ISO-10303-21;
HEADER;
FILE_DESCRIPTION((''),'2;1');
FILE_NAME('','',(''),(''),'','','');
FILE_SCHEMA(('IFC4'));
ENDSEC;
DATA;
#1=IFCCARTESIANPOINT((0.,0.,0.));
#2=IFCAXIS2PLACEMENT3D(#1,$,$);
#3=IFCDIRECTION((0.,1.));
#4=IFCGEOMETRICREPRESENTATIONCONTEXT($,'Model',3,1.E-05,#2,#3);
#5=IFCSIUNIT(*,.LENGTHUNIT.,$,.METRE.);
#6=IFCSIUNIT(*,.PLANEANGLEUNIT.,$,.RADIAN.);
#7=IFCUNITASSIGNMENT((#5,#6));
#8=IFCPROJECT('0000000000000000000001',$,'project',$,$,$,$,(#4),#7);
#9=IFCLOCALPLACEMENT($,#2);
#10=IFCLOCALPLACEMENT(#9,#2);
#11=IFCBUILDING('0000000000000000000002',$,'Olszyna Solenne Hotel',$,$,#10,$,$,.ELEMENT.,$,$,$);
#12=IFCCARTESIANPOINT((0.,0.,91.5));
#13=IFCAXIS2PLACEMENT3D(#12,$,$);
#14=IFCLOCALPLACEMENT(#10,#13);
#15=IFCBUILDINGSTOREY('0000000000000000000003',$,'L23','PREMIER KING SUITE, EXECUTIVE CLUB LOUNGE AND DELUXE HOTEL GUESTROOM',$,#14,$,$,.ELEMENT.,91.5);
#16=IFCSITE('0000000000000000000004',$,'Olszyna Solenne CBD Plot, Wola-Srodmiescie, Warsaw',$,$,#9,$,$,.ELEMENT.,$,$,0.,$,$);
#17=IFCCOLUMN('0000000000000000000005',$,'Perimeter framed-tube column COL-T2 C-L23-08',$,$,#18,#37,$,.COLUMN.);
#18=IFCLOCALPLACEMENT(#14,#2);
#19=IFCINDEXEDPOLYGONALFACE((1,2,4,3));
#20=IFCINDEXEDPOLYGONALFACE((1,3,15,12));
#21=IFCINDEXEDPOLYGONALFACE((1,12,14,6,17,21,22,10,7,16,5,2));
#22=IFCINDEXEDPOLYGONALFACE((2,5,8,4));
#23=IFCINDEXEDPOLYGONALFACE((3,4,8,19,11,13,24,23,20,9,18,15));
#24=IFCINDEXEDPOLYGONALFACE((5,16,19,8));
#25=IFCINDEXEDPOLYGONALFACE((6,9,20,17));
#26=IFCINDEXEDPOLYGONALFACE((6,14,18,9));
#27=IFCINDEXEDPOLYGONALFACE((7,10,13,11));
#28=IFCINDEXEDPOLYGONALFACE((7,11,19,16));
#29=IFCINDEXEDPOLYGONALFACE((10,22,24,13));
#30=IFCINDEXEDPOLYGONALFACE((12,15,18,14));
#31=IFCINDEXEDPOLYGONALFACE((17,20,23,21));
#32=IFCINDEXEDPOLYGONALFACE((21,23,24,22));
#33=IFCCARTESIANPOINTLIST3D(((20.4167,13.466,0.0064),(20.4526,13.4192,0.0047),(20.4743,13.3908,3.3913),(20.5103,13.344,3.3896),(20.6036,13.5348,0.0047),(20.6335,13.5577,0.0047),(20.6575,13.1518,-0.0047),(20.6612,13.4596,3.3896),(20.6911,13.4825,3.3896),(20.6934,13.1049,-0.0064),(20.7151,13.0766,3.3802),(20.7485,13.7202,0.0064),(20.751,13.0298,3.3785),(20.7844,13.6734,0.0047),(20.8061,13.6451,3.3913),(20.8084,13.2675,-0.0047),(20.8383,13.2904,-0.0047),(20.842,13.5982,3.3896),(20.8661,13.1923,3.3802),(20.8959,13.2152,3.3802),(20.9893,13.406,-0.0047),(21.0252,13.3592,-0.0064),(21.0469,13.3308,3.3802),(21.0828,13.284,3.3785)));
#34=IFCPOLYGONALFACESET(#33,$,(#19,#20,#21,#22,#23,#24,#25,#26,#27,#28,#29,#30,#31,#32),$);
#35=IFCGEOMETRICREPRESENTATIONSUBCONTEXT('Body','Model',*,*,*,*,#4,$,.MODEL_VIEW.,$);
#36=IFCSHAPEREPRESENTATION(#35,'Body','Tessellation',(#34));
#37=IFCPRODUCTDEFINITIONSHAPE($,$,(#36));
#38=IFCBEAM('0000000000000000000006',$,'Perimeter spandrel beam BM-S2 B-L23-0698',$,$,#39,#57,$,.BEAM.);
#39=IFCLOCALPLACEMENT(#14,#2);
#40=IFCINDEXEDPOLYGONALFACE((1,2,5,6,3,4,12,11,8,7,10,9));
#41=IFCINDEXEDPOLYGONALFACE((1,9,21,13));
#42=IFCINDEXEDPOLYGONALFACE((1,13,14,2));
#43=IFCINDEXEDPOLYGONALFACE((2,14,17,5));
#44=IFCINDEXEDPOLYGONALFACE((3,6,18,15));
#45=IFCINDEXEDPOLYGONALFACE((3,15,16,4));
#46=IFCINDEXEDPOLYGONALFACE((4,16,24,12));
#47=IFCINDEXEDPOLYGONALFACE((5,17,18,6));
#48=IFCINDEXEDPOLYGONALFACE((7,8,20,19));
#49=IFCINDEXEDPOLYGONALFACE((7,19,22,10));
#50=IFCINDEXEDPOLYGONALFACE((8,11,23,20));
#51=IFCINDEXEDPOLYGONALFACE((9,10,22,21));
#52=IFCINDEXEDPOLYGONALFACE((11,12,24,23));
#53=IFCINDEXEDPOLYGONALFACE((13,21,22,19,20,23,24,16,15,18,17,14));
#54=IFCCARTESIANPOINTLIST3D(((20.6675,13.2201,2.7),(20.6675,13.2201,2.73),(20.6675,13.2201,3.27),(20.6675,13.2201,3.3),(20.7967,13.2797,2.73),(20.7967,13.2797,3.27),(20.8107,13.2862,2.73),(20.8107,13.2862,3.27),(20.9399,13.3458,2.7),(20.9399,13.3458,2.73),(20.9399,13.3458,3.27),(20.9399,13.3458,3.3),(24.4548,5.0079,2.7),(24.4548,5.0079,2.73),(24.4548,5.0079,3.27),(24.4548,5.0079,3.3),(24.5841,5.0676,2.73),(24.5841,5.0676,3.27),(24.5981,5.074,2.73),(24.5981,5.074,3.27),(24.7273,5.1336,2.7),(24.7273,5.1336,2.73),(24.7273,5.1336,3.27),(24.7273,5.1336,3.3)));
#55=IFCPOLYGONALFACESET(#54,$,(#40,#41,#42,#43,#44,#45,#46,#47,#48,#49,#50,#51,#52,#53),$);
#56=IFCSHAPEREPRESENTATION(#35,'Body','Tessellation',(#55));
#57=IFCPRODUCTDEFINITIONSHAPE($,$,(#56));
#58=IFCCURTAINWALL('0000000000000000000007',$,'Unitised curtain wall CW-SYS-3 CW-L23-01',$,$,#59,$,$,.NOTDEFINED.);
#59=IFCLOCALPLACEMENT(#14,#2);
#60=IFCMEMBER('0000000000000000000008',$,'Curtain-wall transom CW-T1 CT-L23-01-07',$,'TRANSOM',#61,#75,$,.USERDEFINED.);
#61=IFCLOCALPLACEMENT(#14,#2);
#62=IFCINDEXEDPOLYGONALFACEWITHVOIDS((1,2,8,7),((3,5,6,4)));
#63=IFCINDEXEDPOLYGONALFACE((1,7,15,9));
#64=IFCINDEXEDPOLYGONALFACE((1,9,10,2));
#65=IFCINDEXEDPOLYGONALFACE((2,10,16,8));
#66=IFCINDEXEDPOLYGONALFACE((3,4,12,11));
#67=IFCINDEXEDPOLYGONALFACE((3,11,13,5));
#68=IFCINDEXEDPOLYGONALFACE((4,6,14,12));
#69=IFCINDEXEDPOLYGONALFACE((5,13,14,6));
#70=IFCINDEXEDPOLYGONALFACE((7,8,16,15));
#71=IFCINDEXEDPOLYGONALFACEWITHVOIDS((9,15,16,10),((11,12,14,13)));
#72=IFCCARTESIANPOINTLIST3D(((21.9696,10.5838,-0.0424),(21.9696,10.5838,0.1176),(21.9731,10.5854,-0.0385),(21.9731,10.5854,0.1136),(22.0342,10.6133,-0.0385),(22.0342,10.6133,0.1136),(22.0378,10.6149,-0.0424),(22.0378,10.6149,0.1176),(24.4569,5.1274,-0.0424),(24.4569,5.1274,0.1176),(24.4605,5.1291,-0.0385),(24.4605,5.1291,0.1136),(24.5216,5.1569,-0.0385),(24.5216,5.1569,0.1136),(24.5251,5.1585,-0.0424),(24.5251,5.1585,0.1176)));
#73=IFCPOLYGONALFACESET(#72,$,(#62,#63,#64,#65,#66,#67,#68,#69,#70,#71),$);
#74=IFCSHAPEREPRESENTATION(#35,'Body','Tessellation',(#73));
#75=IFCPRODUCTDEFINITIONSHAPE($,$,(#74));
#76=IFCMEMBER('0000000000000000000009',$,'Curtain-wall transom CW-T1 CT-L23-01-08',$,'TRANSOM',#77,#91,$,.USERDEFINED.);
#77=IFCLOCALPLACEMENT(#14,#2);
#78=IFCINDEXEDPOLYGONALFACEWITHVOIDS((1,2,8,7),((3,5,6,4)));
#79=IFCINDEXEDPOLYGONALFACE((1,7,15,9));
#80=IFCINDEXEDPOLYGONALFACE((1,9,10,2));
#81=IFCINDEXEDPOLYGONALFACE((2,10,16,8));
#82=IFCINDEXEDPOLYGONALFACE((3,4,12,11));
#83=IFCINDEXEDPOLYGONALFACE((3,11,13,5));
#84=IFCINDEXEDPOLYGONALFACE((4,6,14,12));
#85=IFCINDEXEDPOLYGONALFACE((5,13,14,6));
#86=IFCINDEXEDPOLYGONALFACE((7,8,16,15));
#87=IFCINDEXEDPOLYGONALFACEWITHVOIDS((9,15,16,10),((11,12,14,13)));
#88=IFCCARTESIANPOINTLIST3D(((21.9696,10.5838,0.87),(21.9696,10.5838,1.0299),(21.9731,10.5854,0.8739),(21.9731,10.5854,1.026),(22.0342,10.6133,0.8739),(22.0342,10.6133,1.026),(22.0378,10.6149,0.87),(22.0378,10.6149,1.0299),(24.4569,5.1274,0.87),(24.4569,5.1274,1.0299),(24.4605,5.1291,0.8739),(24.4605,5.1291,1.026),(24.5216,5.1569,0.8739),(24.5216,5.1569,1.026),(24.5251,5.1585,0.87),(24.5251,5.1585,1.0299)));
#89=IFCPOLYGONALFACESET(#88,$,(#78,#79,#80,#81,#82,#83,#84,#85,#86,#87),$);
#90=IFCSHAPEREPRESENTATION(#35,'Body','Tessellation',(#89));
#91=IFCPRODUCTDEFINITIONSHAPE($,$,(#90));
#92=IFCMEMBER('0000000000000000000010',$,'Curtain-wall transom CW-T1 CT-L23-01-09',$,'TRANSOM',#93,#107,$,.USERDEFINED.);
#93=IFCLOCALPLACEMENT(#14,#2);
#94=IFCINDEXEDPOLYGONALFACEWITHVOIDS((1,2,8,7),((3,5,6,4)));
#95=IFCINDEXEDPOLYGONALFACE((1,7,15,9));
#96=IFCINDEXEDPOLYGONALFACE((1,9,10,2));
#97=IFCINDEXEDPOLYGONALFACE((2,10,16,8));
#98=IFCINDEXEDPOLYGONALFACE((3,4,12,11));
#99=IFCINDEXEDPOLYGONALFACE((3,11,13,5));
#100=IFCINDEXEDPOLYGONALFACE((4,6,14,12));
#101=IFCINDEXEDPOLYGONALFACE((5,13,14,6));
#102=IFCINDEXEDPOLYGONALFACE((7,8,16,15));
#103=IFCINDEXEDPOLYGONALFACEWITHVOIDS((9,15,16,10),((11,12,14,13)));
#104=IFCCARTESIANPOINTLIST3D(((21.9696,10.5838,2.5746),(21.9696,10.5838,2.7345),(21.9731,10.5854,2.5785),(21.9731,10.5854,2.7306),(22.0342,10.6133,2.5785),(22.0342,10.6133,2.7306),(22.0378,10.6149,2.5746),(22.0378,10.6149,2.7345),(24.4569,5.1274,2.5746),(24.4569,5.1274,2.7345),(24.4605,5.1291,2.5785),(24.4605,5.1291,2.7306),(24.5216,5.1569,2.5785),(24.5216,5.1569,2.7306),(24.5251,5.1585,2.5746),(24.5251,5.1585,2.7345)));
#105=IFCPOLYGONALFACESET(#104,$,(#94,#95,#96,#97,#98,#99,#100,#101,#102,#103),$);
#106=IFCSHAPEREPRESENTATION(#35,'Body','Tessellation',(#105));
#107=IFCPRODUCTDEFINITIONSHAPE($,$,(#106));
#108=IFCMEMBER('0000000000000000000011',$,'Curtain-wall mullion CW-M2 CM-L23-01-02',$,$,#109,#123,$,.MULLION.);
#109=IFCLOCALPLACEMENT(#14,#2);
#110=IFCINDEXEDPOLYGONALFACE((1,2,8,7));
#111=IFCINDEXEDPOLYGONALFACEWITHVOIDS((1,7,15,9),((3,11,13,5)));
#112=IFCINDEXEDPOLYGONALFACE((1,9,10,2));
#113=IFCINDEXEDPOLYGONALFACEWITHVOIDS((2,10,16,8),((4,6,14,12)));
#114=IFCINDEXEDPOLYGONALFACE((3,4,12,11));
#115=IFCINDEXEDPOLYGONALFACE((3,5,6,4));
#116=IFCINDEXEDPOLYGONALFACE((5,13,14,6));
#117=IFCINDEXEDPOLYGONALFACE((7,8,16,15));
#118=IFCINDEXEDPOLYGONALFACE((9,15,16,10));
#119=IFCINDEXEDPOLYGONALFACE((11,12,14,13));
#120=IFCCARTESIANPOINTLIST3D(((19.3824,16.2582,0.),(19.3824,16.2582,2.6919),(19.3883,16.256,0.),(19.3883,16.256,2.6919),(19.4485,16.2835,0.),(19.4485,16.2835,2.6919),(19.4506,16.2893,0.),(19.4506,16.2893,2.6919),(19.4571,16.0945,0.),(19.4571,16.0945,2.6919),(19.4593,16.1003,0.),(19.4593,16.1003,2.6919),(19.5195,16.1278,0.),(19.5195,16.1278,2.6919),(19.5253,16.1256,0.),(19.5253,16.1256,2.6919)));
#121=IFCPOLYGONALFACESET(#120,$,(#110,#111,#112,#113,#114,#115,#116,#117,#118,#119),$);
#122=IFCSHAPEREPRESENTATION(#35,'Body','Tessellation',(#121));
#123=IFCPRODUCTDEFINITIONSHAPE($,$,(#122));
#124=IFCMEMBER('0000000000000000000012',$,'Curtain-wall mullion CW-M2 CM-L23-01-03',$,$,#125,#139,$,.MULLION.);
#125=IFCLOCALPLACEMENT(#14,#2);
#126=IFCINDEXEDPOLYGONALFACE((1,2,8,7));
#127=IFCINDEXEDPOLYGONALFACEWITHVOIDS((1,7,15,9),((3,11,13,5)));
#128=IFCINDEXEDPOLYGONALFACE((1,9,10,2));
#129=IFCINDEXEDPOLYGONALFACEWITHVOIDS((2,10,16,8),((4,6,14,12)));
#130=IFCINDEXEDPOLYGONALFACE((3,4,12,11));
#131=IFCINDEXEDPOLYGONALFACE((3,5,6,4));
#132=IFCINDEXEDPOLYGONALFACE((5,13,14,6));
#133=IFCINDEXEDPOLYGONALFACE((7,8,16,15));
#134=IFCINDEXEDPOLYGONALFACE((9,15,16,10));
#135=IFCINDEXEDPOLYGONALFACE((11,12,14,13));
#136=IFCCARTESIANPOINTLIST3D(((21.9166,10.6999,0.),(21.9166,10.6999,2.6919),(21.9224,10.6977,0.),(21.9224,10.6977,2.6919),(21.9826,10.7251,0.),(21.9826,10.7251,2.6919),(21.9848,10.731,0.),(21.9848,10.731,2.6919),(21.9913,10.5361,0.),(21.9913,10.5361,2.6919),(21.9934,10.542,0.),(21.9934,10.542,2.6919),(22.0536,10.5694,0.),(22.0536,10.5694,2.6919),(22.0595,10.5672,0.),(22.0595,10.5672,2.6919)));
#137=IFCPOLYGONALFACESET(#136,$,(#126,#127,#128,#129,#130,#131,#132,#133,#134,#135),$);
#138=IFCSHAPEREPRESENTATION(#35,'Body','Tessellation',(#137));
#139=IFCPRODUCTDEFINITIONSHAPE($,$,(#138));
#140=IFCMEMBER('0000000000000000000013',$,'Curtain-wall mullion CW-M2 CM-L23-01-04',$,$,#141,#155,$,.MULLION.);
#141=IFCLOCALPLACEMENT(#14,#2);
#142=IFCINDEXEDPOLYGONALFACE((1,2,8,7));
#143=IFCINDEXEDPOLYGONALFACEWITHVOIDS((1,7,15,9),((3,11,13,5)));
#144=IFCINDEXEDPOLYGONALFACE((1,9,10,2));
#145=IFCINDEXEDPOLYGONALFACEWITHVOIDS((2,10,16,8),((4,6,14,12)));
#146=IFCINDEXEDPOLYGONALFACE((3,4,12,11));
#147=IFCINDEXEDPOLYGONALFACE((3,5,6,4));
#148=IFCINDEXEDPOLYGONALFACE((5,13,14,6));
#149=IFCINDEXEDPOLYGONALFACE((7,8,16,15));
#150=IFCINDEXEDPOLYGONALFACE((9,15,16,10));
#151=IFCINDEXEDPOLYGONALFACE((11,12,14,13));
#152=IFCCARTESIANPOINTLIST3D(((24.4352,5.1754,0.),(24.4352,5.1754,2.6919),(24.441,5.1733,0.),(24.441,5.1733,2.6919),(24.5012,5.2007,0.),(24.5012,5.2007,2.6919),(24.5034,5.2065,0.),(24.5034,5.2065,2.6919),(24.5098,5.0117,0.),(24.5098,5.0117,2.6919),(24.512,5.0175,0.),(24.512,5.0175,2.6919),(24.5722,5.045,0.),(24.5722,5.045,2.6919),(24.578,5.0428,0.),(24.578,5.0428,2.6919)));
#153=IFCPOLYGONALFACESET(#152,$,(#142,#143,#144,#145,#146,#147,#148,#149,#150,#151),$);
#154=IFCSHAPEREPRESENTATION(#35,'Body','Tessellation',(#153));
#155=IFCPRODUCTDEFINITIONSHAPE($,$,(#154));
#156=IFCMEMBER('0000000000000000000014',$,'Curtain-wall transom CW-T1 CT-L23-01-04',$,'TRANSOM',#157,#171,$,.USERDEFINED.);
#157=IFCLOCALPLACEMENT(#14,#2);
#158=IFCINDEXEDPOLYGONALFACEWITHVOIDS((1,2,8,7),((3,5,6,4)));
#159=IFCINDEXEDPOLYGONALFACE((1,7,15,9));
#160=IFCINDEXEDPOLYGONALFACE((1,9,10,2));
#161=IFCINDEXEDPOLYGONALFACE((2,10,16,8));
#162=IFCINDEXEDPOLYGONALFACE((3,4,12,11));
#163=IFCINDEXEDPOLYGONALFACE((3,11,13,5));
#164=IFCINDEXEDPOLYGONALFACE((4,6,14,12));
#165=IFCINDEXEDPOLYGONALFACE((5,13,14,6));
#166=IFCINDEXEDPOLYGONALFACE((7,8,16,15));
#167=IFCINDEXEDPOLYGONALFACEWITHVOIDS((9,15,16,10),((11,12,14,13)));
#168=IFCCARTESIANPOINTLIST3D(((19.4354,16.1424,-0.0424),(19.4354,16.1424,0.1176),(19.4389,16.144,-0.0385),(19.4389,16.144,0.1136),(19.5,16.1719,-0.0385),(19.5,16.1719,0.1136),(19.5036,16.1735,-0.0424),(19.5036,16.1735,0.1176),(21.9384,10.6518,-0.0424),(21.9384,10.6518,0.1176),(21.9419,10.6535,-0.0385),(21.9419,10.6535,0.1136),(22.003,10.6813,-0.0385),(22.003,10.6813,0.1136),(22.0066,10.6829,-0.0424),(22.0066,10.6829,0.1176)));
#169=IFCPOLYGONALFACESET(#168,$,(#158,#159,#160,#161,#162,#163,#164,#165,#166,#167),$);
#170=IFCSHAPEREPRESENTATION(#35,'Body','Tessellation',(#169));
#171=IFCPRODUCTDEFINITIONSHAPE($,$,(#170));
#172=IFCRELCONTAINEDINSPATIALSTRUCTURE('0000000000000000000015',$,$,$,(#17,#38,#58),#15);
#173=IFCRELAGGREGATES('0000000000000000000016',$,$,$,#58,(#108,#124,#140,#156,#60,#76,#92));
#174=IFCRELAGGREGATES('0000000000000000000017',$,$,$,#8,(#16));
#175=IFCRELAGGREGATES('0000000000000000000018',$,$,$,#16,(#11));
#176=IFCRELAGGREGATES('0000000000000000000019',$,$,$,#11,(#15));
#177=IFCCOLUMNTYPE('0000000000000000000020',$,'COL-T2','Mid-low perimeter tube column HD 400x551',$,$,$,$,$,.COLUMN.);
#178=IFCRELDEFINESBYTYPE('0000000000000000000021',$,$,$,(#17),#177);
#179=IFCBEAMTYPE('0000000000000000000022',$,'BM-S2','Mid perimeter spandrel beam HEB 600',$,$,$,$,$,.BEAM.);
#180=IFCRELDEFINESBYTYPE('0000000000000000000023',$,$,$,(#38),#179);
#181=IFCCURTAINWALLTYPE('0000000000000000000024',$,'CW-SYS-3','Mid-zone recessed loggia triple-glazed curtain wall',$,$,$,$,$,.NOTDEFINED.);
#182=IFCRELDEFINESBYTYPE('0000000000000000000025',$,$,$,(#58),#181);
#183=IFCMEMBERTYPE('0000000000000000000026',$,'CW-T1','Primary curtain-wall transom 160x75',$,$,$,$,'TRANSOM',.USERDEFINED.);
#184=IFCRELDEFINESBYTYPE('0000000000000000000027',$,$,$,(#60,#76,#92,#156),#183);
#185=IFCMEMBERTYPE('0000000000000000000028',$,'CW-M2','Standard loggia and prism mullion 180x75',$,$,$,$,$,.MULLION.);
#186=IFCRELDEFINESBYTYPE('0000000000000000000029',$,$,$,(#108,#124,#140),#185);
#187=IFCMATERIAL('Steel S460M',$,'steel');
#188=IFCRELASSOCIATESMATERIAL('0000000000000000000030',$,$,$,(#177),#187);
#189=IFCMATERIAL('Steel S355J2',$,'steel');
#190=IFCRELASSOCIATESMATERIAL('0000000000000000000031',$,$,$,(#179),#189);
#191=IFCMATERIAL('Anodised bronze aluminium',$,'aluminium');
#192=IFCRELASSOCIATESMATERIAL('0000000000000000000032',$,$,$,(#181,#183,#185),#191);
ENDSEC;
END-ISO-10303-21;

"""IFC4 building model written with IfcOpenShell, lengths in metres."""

from ifc_helpers import new_model, si_unit, direction, frame, origin, origin_2d, place, context, subcontext, project, spatial, hollow_rectangle, i_section, extrude, source, transform, mapped, material, material_profile, profile_set, type_object, element, aggregate, save


model = new_model("IFC4")

# Units and contexts
model_context = context("Model", 3, precision=1e-05, world=origin(), true_north=direction((0.0, 1.0)))
body_context = subcontext(model_context, "Body", "Model", "MODEL_VIEW")
ifc_project = project(units=[si_unit("LENGTHUNIT", "METRE"), si_unit("PLANEANGLEUNIT", "RADIAN")], contexts=[model_context])

# Site, building, storey
site_placement = place(None, origin())
site = spatial("IfcSite", under=ifc_project, at=site_placement, Name="Olszyna Solenne CBD Plot, Wola-Srodmiescie, Warsaw", CompositionType="ELEMENT", RefElevation=0.0)
building_placement = place(site_placement, origin())
building = spatial("IfcBuilding", under=site, at=building_placement, Name="Olszyna Solenne Hotel", CompositionType="ELEMENT")
storey_placement = place(building_placement, frame((0.0, 0.0, 91.5)))
storey = spatial("IfcBuildingStorey", under=building, at=storey_placement, Name="L23", Description="PREMIER KING SUITE, EXECUTIVE CLUB LOUNGE AND DELUXE HOTEL GUESTROOM", CompositionType="ELEMENT", Elevation=91.5)

# Column
ifc_material_1 = material(Name="Steel S460M", Category="steel")
ifc_material_profile_1 = material_profile(ifc_material_1, i_section(OverallWidth=0.418, OverallDepth=0.4551, WebThickness=0.0376, FlangeThickness=0.0591, at=origin_2d()), Name="HD 400x551", Category="load-bearing")
ifc_profile_set_1 = profile_set([ifc_material_profile_1], Name="Steel S460M")
column_type = type_object("IfcColumnType", Name="COL-T2", Description="Mid-low perimeter tube column HD 400x551", PredefinedType="COLUMN", material=ifc_profile_set_1)
shared_shape_1 = source(origin(), body_context, "Body", "SweptSolid", [
    extrude(i_section(OverallWidth=0.418, OverallDepth=0.4551, WebThickness=0.0376, FlangeThickness=0.0591, at=origin_2d()), origin(), (0.0, 0.0, 1.0), 3.3862),
])
column_placement = place(storey_placement, frame((20.7209, 13.4126, 0.0), z_axis=(0.017015, -0.022206, 0.999609), x_axis=(0.793772, 0.608215, 0.0)))
element("IfcColumn", 1, at=column_placement, inside=storey, type_object=column_type, Name="Perimeter framed-tube column COL-T2 C-L23-08", PredefinedType="COLUMN", context=body_context, shape_type="MappedRepresentation", body=[
    mapped(shared_shape_1, transform((0.0, 0.0, 0.0), x_axis=(1.0, 0.0, 0.0), y_axis=(0.0, 1.0, 0.0), z_axis=(0.0, 0.0, 1.0), scale=1.0)),
])

# Beam
ifc_material_2 = material(Name="Steel S355J2", Category="steel")
ifc_material_profile_2 = material_profile(ifc_material_2, i_section(OverallWidth=0.3, OverallDepth=0.6001, WebThickness=0.0154, FlangeThickness=0.03, at=origin_2d()), Name="HEB 600", Category="load-bearing")
ifc_profile_set_2 = profile_set([ifc_material_profile_2], Name="Steel S355J2")
beam_type = type_object("IfcBeamType", Name="BM-S2", Description="Mid perimeter spandrel beam HEB 600", PredefinedType="BEAM", material=ifc_profile_set_2)
shared_shape_2 = source(origin(), body_context, "Body", "SweptSolid", [
    extrude(i_section(OverallWidth=0.3, OverallDepth=0.6001, WebThickness=0.0154, FlangeThickness=0.03, at=origin_2d()), origin(), (0.0, 0.0, 1.0), 9.0435),
])
beam_placement = place(storey_placement, frame((20.8037, 13.283, 3.0), z_axis=(0.418796, -0.90808, 0.0), x_axis=(0.90808, 0.418796, 0.0)))
element("IfcBeam", 2, at=beam_placement, inside=storey, type_object=beam_type, Name="Perimeter spandrel beam BM-S2 B-L23-0698", PredefinedType="BEAM", context=body_context, shape_type="MappedRepresentation", body=[
    mapped(shared_shape_2, transform((0.0, 0.0, 0.0), x_axis=(1.0, 0.0, 0.0), y_axis=(0.0, 1.0, 0.0), z_axis=(0.0, 0.0, 1.0), scale=1.0)),
])

# Curtain wall, members
ifc_material_3 = material(Name="Anodised bronze aluminium", Category="aluminium")
curtain_wall_type = type_object("IfcCurtainWallType", Name="CW-SYS-3", Description="Mid-zone recessed loggia triple-glazed curtain wall", PredefinedType="NOTDEFINED", material=ifc_material_3)
curtain_wall_placement = place(storey_placement, origin())
curtain_wall = element("IfcCurtainWall", 3, at=curtain_wall_placement, inside=storey, type_object=curtain_wall_type, Name="Unitised curtain wall CW-SYS-3 CW-L23-01", PredefinedType="NOTDEFINED")
ifc_material_profile_3 = material_profile(ifc_material_3, hollow_rectangle(XDim=0.075, YDim=0.1599, WallThickness=0.0039, at=origin_2d()), Name="TRAN 160x75x4", Category="load-bearing")
ifc_profile_set_3 = profile_set([ifc_material_profile_3], Name="Anodised bronze aluminium")
member_type_1 = type_object("IfcMemberType", Name="CW-T1", Description="Primary curtain-wall transom 160x75", ElementType="TRANSOM", PredefinedType="USERDEFINED", material=ifc_profile_set_3)
shared_shape_3 = source(origin(), body_context, "Body", "SweptSolid", [
    extrude(hollow_rectangle(XDim=0.075, YDim=0.1599, WallThickness=0.0039, at=origin_2d()), origin(), (0.0, 0.0, 1.0), 5.9966),
])
member_1_placement = place(storey_placement, frame((22.0037, 10.5994, 0.0376), z_axis=(0.414793, -0.909916, 0.0), x_axis=(0.909916, 0.414793, 0.0)))
member_1 = element("IfcMember", 4, at=member_1_placement, type_object=member_type_1, Name="Curtain-wall transom CW-T1 CT-L23-01-07", ObjectType="TRANSOM", PredefinedType="USERDEFINED", context=body_context, shape_type="MappedRepresentation", body=[
    mapped(shared_shape_3, transform((0.0, 0.0, 0.0), x_axis=(1.0, 0.0, 0.0), y_axis=(0.0, 1.0, 0.0), z_axis=(0.0, 0.0, 1.0), scale=1.0)),
])
member_2_placement = place(storey_placement, frame((22.0037, 10.5994, 0.95), z_axis=(0.414793, -0.909916, 0.0), x_axis=(0.909916, 0.414793, 0.0)))
member_2 = element("IfcMember", 5, at=member_2_placement, type_object=member_type_1, Name="Curtain-wall transom CW-T1 CT-L23-01-08", ObjectType="TRANSOM", PredefinedType="USERDEFINED", context=body_context, shape_type="MappedRepresentation", body=[
    mapped(shared_shape_3, transform((0.0, 0.0, 0.0), x_axis=(1.0, 0.0, 0.0), y_axis=(0.0, 1.0, 0.0), z_axis=(0.0, 0.0, 1.0), scale=1.0)),
])
member_3_placement = place(storey_placement, frame((22.0037, 10.5994, 2.6545), z_axis=(0.414793, -0.909916, 0.0), x_axis=(0.909916, 0.414793, 0.0)))
member_3 = element("IfcMember", 6, at=member_3_placement, type_object=member_type_1, Name="Curtain-wall transom CW-T1 CT-L23-01-09", ObjectType="TRANSOM", PredefinedType="USERDEFINED", context=body_context, shape_type="MappedRepresentation", body=[
    mapped(shared_shape_3, transform((0.0, 0.0, 0.0), x_axis=(1.0, 0.0, 0.0), y_axis=(0.0, 1.0, 0.0), z_axis=(0.0, 0.0, 1.0), scale=1.0)),
])
ifc_material_profile_4 = material_profile(ifc_material_3, hollow_rectangle(XDim=0.075, YDim=0.1799, WallThickness=0.0044, at=origin_2d()), Name="MULL 180x75x4.5", Category="load-bearing")
ifc_profile_set_4 = profile_set([ifc_material_profile_4], Name="Anodised bronze aluminium")
member_type_2 = type_object("IfcMemberType", Name="CW-M2", Description="Standard loggia and prism mullion 180x75", PredefinedType="MULLION", material=ifc_profile_set_4)
shared_shape_4 = source(origin(), body_context, "Body", "SweptSolid", [
    extrude(hollow_rectangle(XDim=0.075, YDim=0.1799, WallThickness=0.0044, at=origin_2d()), origin(), (0.0, 0.0, 1.0), 2.6919),
])
member_4_placement = place(storey_placement, frame((19.4539, 16.1919, 0.0), z_axis=(0.0, 0.0, 1.0), x_axis=(0.909904, 0.414819, 0.0)))
member_4 = element("IfcMember", 7, at=member_4_placement, type_object=member_type_2, Name="Curtain-wall mullion CW-M2 CM-L23-01-02", PredefinedType="MULLION", context=body_context, shape_type="MappedRepresentation", body=[
    mapped(shared_shape_4, transform((0.0, 0.0, 0.0), x_axis=(1.0, 0.0, 0.0), y_axis=(0.0, 1.0, 0.0), z_axis=(0.0, 0.0, 1.0), scale=1.0)),
])
member_5_placement = place(storey_placement, frame((21.988, 10.6335, 0.0), z_axis=(0.0, 0.0, 1.0), x_axis=(0.909904, 0.414819, 0.0)))
member_5 = element("IfcMember", 8, at=member_5_placement, type_object=member_type_2, Name="Curtain-wall mullion CW-M2 CM-L23-01-03", PredefinedType="MULLION", context=body_context, shape_type="MappedRepresentation", body=[
    mapped(shared_shape_4, transform((0.0, 0.0, 0.0), x_axis=(1.0, 0.0, 0.0), y_axis=(0.0, 1.0, 0.0), z_axis=(0.0, 0.0, 1.0), scale=1.0)),
])
member_6_placement = place(storey_placement, frame((24.5066, 5.1091, 0.0), z_axis=(0.0, 0.0, 1.0), x_axis=(0.909904, 0.414819, 0.0)))
member_6 = element("IfcMember", 9, at=member_6_placement, type_object=member_type_2, Name="Curtain-wall mullion CW-M2 CM-L23-01-04", PredefinedType="MULLION", context=body_context, shape_type="MappedRepresentation", body=[
    mapped(shared_shape_4, transform((0.0, 0.0, 0.0), x_axis=(1.0, 0.0, 0.0), y_axis=(0.0, 1.0, 0.0), z_axis=(0.0, 0.0, 1.0), scale=1.0)),
])
shared_shape_5 = source(origin(), body_context, "Body", "SweptSolid", [
    extrude(hollow_rectangle(XDim=0.075, YDim=0.1599, WallThickness=0.0039, at=origin_2d()), origin(), (0.0, 0.0, 1.0), 6.0342),
])
member_7_placement = place(storey_placement, frame((19.4695, 16.158, 0.0376), z_axis=(0.4148, -0.909913, 0.0), x_axis=(0.909913, 0.4148, 0.0)))
member_7 = element("IfcMember", 10, at=member_7_placement, type_object=member_type_1, Name="Curtain-wall transom CW-T1 CT-L23-01-04", ObjectType="TRANSOM", PredefinedType="USERDEFINED", context=body_context, shape_type="MappedRepresentation", body=[
    mapped(shared_shape_5, transform((0.0, 0.0, 0.0), x_axis=(1.0, 0.0, 0.0), y_axis=(0.0, 1.0, 0.0), z_axis=(0.0, 0.0, 1.0), scale=1.0)),
])

aggregate(curtain_wall, [member_4, member_5, member_6, member_7, member_1, member_2, member_3])

save(model, "model.ifc")
